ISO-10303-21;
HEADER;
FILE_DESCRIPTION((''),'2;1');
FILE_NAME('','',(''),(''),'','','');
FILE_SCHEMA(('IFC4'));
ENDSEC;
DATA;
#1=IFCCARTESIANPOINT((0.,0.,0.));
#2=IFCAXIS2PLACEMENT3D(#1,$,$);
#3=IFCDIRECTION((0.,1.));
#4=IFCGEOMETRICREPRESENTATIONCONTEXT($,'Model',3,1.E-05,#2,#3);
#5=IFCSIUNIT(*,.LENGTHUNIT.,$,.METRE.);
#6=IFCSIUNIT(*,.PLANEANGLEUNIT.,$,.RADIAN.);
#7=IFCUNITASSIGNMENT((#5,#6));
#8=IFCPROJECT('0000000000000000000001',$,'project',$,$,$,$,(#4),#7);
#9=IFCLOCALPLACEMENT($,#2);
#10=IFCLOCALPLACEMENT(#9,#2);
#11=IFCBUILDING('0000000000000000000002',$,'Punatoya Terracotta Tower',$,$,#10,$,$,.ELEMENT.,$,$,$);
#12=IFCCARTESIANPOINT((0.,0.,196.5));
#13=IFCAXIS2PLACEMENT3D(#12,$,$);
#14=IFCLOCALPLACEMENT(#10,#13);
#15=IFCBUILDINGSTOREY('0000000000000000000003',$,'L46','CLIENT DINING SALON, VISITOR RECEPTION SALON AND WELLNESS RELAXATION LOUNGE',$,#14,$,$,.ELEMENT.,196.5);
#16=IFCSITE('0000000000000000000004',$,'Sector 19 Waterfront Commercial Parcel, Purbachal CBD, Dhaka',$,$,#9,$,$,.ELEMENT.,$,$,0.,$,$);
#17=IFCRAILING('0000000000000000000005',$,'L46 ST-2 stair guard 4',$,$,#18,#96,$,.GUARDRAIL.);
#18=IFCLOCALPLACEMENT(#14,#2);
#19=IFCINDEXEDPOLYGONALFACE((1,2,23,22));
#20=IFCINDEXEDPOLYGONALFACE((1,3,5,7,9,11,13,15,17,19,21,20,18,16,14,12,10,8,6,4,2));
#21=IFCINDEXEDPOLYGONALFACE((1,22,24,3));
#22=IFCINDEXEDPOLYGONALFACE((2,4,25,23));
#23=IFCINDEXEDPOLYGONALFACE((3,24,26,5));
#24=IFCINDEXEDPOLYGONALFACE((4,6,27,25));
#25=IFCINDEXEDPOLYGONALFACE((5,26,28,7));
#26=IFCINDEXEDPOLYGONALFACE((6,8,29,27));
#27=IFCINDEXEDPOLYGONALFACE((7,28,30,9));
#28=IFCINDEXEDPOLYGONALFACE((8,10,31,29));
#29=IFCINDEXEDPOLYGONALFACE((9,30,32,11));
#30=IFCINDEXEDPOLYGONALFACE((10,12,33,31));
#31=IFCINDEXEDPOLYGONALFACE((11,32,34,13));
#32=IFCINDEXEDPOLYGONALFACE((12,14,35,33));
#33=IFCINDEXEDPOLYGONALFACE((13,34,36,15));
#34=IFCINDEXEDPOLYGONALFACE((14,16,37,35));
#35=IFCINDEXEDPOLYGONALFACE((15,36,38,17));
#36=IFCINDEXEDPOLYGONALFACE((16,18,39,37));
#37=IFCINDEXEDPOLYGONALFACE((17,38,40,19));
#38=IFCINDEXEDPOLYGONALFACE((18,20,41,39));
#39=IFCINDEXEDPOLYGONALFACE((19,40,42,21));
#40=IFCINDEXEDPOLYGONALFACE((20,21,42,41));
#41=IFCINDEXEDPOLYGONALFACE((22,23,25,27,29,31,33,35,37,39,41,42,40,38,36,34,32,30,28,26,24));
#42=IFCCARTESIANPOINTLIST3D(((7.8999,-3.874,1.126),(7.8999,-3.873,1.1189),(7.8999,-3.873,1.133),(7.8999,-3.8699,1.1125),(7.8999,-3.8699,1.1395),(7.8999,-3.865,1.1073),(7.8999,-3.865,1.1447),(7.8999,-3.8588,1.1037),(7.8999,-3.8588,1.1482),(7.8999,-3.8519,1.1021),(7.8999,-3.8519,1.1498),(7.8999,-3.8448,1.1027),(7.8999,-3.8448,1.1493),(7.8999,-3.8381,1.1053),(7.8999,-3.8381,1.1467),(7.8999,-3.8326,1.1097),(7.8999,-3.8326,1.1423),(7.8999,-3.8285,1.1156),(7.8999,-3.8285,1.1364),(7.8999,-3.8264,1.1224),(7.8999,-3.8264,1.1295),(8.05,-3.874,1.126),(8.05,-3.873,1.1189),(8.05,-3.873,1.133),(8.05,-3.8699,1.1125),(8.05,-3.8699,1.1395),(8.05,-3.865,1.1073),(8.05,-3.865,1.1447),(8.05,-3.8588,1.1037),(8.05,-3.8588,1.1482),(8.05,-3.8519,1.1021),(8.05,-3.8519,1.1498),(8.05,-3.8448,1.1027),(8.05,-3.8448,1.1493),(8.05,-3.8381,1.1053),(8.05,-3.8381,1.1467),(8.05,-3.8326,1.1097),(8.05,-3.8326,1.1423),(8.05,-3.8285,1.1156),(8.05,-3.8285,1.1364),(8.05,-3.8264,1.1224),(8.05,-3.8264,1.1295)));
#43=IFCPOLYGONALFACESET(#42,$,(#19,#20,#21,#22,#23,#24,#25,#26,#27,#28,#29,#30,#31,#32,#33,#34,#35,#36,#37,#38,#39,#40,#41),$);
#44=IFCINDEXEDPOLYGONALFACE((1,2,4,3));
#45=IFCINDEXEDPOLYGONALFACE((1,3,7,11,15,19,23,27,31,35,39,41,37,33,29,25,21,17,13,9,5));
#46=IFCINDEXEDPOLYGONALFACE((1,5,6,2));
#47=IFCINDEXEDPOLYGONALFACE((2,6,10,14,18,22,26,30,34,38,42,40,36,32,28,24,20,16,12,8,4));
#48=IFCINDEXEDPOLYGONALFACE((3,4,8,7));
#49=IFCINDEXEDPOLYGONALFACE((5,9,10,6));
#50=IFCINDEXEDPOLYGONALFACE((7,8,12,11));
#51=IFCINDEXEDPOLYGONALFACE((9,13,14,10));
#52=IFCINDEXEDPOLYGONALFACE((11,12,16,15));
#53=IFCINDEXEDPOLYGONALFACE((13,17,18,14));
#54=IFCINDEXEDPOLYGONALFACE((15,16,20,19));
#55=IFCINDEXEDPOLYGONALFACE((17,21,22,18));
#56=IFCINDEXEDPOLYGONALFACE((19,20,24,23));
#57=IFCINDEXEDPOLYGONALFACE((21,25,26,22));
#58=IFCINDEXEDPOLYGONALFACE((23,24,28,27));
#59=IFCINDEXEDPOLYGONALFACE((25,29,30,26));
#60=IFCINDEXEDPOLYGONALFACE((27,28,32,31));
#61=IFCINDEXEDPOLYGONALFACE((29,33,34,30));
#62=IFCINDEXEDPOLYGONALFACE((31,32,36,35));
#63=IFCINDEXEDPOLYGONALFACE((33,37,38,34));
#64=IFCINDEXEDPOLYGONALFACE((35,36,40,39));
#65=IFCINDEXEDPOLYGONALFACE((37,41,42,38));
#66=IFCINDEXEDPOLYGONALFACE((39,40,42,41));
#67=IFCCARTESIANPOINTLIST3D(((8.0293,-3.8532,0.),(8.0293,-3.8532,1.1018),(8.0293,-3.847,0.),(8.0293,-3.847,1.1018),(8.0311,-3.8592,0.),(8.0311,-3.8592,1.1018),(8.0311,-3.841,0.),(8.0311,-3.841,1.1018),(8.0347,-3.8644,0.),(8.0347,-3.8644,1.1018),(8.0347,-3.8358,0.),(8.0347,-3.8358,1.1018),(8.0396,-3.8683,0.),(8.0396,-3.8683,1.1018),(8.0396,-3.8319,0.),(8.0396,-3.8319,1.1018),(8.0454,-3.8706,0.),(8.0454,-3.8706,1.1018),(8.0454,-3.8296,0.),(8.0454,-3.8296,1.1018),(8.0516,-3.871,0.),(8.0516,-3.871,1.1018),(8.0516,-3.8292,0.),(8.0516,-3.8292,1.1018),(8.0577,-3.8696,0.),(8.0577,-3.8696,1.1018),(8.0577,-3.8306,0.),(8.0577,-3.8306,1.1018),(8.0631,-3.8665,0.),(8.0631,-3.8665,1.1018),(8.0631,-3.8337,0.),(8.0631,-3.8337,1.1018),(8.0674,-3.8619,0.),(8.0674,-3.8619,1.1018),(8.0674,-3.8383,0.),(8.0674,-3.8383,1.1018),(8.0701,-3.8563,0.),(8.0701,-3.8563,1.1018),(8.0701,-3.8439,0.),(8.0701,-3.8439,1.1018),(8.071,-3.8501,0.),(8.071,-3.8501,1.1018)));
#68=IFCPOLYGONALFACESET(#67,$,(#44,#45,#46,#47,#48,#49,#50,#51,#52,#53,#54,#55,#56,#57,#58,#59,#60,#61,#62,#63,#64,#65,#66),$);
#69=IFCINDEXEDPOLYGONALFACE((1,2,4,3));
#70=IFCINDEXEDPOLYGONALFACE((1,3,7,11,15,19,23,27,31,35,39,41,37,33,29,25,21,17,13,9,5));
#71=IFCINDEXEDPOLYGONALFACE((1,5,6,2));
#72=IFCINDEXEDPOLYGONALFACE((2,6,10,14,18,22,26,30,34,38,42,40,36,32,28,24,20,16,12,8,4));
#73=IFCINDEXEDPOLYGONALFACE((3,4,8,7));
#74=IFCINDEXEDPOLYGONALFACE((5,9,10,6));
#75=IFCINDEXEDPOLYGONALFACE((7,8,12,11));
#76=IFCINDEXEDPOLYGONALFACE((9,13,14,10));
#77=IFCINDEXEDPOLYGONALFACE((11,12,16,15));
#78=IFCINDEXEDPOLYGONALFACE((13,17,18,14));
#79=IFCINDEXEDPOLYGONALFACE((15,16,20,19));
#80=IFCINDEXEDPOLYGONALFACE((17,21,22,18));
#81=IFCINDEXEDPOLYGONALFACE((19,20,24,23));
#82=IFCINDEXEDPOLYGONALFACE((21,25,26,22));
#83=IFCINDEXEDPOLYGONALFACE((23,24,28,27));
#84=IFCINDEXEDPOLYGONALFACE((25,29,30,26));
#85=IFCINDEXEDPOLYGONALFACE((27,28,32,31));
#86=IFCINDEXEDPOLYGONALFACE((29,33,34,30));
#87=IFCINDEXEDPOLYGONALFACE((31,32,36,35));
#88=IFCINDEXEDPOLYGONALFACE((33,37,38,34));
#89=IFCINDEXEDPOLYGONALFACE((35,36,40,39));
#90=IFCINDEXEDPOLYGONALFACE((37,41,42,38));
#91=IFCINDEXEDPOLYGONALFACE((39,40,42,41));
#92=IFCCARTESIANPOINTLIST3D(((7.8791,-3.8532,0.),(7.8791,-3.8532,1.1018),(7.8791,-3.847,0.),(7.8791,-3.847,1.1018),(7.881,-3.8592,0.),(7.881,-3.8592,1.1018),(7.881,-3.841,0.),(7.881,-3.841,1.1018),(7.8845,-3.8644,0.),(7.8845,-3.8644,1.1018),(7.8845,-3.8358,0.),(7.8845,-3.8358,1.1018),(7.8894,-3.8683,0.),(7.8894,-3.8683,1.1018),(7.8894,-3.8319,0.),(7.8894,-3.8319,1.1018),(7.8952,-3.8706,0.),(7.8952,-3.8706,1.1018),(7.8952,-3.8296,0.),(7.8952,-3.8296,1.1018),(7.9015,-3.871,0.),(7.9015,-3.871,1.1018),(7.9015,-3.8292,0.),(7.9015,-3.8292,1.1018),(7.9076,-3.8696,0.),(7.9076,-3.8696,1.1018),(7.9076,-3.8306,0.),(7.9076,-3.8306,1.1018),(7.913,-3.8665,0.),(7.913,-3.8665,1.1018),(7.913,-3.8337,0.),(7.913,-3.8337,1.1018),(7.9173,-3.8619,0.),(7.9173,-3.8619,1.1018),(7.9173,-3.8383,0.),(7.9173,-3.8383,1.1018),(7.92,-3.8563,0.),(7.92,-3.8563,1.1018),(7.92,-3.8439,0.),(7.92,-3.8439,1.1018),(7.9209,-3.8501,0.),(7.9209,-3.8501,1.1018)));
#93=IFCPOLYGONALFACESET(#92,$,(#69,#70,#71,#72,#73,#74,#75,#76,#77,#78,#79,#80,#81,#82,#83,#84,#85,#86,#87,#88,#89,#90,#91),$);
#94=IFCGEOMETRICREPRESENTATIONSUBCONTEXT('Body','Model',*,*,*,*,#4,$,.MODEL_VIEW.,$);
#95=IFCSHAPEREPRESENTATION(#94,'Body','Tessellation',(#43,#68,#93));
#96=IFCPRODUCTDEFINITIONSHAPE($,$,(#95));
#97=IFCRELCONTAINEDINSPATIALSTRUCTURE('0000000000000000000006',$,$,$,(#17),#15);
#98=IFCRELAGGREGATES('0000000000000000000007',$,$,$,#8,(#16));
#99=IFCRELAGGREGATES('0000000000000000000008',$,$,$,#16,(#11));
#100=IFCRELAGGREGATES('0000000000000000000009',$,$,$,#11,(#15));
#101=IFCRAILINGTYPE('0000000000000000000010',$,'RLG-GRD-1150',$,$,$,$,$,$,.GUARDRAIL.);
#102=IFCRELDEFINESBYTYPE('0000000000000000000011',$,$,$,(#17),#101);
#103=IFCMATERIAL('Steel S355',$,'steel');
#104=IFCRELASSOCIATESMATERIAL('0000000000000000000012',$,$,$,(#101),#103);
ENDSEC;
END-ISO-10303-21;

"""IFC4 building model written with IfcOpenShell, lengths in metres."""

from ifc_helpers import new_model, si_unit, direction, frame, origin, origin_2d, place, context, subcontext, project, spatial, circle, extrude, material, type_object, element, save


model = new_model("IFC4")

# Units and contexts
model_context = context("Model", 3, precision=1e-05, world=origin(), true_north=direction((0.0, 1.0)))
body_context = subcontext(model_context, "Body", "Model", "MODEL_VIEW")
ifc_project = project(units=[si_unit("LENGTHUNIT", "METRE"), si_unit("PLANEANGLEUNIT", "RADIAN")], contexts=[model_context])

# Site, building, storey
site_placement = place(None, origin())
site = spatial("IfcSite", under=ifc_project, at=site_placement, Name="Sector 19 Waterfront Commercial Parcel, Purbachal CBD, Dhaka", CompositionType="ELEMENT", RefElevation=0.0)
building_placement = place(site_placement, origin())
building = spatial("IfcBuilding", under=site, at=building_placement, Name="Punatoya Terracotta Tower", CompositionType="ELEMENT")
storey_placement = place(building_placement, frame((0.0, 0.0, 196.5)))
storey = spatial("IfcBuildingStorey", under=building, at=storey_placement, Name="L46", Description="CLIENT DINING SALON, VISITOR RECEPTION SALON AND WELLNESS RELAXATION LOUNGE", CompositionType="ELEMENT", Elevation=196.5)

# Shared definitions
ifc_material_1 = material(Name="Steel S355", Category="steel")

# Railing
railing_type_1 = type_object("IfcRailingType", Name="RLG-GRD-1150", PredefinedType="GUARDRAIL", material=ifc_material_1)
railing_1_placement = place(storey_placement, frame((8.05, -3.8501, 0.0)))
element("IfcRailing", 1, at=railing_1_placement, inside=storey, type_object=railing_type_1, Name="L46 ST-2 stair guard 4", PredefinedType="GUARDRAIL", context=body_context, shape_type="SweptSolid", body=[
    extrude(circle(Radius=0.0239, at=origin_2d()), frame((0.0, 0.0, 1.126), z_axis=(-1.0, 0.0, 0.0), x_axis=(0.0, -1.0, 0.0)), (0.0, 0.0, 1.0), 0.1501),
    extrude(circle(Radius=0.021, at=origin_2d()), origin(), (0.0, 0.0, 1.0), 1.1018),
    extrude(circle(Radius=0.021, at=origin_2d()), frame((-0.1501, 0.0, 0.0)), (0.0, 0.0, 1.0), 1.1018),
])

save(model, "model.ifc")
